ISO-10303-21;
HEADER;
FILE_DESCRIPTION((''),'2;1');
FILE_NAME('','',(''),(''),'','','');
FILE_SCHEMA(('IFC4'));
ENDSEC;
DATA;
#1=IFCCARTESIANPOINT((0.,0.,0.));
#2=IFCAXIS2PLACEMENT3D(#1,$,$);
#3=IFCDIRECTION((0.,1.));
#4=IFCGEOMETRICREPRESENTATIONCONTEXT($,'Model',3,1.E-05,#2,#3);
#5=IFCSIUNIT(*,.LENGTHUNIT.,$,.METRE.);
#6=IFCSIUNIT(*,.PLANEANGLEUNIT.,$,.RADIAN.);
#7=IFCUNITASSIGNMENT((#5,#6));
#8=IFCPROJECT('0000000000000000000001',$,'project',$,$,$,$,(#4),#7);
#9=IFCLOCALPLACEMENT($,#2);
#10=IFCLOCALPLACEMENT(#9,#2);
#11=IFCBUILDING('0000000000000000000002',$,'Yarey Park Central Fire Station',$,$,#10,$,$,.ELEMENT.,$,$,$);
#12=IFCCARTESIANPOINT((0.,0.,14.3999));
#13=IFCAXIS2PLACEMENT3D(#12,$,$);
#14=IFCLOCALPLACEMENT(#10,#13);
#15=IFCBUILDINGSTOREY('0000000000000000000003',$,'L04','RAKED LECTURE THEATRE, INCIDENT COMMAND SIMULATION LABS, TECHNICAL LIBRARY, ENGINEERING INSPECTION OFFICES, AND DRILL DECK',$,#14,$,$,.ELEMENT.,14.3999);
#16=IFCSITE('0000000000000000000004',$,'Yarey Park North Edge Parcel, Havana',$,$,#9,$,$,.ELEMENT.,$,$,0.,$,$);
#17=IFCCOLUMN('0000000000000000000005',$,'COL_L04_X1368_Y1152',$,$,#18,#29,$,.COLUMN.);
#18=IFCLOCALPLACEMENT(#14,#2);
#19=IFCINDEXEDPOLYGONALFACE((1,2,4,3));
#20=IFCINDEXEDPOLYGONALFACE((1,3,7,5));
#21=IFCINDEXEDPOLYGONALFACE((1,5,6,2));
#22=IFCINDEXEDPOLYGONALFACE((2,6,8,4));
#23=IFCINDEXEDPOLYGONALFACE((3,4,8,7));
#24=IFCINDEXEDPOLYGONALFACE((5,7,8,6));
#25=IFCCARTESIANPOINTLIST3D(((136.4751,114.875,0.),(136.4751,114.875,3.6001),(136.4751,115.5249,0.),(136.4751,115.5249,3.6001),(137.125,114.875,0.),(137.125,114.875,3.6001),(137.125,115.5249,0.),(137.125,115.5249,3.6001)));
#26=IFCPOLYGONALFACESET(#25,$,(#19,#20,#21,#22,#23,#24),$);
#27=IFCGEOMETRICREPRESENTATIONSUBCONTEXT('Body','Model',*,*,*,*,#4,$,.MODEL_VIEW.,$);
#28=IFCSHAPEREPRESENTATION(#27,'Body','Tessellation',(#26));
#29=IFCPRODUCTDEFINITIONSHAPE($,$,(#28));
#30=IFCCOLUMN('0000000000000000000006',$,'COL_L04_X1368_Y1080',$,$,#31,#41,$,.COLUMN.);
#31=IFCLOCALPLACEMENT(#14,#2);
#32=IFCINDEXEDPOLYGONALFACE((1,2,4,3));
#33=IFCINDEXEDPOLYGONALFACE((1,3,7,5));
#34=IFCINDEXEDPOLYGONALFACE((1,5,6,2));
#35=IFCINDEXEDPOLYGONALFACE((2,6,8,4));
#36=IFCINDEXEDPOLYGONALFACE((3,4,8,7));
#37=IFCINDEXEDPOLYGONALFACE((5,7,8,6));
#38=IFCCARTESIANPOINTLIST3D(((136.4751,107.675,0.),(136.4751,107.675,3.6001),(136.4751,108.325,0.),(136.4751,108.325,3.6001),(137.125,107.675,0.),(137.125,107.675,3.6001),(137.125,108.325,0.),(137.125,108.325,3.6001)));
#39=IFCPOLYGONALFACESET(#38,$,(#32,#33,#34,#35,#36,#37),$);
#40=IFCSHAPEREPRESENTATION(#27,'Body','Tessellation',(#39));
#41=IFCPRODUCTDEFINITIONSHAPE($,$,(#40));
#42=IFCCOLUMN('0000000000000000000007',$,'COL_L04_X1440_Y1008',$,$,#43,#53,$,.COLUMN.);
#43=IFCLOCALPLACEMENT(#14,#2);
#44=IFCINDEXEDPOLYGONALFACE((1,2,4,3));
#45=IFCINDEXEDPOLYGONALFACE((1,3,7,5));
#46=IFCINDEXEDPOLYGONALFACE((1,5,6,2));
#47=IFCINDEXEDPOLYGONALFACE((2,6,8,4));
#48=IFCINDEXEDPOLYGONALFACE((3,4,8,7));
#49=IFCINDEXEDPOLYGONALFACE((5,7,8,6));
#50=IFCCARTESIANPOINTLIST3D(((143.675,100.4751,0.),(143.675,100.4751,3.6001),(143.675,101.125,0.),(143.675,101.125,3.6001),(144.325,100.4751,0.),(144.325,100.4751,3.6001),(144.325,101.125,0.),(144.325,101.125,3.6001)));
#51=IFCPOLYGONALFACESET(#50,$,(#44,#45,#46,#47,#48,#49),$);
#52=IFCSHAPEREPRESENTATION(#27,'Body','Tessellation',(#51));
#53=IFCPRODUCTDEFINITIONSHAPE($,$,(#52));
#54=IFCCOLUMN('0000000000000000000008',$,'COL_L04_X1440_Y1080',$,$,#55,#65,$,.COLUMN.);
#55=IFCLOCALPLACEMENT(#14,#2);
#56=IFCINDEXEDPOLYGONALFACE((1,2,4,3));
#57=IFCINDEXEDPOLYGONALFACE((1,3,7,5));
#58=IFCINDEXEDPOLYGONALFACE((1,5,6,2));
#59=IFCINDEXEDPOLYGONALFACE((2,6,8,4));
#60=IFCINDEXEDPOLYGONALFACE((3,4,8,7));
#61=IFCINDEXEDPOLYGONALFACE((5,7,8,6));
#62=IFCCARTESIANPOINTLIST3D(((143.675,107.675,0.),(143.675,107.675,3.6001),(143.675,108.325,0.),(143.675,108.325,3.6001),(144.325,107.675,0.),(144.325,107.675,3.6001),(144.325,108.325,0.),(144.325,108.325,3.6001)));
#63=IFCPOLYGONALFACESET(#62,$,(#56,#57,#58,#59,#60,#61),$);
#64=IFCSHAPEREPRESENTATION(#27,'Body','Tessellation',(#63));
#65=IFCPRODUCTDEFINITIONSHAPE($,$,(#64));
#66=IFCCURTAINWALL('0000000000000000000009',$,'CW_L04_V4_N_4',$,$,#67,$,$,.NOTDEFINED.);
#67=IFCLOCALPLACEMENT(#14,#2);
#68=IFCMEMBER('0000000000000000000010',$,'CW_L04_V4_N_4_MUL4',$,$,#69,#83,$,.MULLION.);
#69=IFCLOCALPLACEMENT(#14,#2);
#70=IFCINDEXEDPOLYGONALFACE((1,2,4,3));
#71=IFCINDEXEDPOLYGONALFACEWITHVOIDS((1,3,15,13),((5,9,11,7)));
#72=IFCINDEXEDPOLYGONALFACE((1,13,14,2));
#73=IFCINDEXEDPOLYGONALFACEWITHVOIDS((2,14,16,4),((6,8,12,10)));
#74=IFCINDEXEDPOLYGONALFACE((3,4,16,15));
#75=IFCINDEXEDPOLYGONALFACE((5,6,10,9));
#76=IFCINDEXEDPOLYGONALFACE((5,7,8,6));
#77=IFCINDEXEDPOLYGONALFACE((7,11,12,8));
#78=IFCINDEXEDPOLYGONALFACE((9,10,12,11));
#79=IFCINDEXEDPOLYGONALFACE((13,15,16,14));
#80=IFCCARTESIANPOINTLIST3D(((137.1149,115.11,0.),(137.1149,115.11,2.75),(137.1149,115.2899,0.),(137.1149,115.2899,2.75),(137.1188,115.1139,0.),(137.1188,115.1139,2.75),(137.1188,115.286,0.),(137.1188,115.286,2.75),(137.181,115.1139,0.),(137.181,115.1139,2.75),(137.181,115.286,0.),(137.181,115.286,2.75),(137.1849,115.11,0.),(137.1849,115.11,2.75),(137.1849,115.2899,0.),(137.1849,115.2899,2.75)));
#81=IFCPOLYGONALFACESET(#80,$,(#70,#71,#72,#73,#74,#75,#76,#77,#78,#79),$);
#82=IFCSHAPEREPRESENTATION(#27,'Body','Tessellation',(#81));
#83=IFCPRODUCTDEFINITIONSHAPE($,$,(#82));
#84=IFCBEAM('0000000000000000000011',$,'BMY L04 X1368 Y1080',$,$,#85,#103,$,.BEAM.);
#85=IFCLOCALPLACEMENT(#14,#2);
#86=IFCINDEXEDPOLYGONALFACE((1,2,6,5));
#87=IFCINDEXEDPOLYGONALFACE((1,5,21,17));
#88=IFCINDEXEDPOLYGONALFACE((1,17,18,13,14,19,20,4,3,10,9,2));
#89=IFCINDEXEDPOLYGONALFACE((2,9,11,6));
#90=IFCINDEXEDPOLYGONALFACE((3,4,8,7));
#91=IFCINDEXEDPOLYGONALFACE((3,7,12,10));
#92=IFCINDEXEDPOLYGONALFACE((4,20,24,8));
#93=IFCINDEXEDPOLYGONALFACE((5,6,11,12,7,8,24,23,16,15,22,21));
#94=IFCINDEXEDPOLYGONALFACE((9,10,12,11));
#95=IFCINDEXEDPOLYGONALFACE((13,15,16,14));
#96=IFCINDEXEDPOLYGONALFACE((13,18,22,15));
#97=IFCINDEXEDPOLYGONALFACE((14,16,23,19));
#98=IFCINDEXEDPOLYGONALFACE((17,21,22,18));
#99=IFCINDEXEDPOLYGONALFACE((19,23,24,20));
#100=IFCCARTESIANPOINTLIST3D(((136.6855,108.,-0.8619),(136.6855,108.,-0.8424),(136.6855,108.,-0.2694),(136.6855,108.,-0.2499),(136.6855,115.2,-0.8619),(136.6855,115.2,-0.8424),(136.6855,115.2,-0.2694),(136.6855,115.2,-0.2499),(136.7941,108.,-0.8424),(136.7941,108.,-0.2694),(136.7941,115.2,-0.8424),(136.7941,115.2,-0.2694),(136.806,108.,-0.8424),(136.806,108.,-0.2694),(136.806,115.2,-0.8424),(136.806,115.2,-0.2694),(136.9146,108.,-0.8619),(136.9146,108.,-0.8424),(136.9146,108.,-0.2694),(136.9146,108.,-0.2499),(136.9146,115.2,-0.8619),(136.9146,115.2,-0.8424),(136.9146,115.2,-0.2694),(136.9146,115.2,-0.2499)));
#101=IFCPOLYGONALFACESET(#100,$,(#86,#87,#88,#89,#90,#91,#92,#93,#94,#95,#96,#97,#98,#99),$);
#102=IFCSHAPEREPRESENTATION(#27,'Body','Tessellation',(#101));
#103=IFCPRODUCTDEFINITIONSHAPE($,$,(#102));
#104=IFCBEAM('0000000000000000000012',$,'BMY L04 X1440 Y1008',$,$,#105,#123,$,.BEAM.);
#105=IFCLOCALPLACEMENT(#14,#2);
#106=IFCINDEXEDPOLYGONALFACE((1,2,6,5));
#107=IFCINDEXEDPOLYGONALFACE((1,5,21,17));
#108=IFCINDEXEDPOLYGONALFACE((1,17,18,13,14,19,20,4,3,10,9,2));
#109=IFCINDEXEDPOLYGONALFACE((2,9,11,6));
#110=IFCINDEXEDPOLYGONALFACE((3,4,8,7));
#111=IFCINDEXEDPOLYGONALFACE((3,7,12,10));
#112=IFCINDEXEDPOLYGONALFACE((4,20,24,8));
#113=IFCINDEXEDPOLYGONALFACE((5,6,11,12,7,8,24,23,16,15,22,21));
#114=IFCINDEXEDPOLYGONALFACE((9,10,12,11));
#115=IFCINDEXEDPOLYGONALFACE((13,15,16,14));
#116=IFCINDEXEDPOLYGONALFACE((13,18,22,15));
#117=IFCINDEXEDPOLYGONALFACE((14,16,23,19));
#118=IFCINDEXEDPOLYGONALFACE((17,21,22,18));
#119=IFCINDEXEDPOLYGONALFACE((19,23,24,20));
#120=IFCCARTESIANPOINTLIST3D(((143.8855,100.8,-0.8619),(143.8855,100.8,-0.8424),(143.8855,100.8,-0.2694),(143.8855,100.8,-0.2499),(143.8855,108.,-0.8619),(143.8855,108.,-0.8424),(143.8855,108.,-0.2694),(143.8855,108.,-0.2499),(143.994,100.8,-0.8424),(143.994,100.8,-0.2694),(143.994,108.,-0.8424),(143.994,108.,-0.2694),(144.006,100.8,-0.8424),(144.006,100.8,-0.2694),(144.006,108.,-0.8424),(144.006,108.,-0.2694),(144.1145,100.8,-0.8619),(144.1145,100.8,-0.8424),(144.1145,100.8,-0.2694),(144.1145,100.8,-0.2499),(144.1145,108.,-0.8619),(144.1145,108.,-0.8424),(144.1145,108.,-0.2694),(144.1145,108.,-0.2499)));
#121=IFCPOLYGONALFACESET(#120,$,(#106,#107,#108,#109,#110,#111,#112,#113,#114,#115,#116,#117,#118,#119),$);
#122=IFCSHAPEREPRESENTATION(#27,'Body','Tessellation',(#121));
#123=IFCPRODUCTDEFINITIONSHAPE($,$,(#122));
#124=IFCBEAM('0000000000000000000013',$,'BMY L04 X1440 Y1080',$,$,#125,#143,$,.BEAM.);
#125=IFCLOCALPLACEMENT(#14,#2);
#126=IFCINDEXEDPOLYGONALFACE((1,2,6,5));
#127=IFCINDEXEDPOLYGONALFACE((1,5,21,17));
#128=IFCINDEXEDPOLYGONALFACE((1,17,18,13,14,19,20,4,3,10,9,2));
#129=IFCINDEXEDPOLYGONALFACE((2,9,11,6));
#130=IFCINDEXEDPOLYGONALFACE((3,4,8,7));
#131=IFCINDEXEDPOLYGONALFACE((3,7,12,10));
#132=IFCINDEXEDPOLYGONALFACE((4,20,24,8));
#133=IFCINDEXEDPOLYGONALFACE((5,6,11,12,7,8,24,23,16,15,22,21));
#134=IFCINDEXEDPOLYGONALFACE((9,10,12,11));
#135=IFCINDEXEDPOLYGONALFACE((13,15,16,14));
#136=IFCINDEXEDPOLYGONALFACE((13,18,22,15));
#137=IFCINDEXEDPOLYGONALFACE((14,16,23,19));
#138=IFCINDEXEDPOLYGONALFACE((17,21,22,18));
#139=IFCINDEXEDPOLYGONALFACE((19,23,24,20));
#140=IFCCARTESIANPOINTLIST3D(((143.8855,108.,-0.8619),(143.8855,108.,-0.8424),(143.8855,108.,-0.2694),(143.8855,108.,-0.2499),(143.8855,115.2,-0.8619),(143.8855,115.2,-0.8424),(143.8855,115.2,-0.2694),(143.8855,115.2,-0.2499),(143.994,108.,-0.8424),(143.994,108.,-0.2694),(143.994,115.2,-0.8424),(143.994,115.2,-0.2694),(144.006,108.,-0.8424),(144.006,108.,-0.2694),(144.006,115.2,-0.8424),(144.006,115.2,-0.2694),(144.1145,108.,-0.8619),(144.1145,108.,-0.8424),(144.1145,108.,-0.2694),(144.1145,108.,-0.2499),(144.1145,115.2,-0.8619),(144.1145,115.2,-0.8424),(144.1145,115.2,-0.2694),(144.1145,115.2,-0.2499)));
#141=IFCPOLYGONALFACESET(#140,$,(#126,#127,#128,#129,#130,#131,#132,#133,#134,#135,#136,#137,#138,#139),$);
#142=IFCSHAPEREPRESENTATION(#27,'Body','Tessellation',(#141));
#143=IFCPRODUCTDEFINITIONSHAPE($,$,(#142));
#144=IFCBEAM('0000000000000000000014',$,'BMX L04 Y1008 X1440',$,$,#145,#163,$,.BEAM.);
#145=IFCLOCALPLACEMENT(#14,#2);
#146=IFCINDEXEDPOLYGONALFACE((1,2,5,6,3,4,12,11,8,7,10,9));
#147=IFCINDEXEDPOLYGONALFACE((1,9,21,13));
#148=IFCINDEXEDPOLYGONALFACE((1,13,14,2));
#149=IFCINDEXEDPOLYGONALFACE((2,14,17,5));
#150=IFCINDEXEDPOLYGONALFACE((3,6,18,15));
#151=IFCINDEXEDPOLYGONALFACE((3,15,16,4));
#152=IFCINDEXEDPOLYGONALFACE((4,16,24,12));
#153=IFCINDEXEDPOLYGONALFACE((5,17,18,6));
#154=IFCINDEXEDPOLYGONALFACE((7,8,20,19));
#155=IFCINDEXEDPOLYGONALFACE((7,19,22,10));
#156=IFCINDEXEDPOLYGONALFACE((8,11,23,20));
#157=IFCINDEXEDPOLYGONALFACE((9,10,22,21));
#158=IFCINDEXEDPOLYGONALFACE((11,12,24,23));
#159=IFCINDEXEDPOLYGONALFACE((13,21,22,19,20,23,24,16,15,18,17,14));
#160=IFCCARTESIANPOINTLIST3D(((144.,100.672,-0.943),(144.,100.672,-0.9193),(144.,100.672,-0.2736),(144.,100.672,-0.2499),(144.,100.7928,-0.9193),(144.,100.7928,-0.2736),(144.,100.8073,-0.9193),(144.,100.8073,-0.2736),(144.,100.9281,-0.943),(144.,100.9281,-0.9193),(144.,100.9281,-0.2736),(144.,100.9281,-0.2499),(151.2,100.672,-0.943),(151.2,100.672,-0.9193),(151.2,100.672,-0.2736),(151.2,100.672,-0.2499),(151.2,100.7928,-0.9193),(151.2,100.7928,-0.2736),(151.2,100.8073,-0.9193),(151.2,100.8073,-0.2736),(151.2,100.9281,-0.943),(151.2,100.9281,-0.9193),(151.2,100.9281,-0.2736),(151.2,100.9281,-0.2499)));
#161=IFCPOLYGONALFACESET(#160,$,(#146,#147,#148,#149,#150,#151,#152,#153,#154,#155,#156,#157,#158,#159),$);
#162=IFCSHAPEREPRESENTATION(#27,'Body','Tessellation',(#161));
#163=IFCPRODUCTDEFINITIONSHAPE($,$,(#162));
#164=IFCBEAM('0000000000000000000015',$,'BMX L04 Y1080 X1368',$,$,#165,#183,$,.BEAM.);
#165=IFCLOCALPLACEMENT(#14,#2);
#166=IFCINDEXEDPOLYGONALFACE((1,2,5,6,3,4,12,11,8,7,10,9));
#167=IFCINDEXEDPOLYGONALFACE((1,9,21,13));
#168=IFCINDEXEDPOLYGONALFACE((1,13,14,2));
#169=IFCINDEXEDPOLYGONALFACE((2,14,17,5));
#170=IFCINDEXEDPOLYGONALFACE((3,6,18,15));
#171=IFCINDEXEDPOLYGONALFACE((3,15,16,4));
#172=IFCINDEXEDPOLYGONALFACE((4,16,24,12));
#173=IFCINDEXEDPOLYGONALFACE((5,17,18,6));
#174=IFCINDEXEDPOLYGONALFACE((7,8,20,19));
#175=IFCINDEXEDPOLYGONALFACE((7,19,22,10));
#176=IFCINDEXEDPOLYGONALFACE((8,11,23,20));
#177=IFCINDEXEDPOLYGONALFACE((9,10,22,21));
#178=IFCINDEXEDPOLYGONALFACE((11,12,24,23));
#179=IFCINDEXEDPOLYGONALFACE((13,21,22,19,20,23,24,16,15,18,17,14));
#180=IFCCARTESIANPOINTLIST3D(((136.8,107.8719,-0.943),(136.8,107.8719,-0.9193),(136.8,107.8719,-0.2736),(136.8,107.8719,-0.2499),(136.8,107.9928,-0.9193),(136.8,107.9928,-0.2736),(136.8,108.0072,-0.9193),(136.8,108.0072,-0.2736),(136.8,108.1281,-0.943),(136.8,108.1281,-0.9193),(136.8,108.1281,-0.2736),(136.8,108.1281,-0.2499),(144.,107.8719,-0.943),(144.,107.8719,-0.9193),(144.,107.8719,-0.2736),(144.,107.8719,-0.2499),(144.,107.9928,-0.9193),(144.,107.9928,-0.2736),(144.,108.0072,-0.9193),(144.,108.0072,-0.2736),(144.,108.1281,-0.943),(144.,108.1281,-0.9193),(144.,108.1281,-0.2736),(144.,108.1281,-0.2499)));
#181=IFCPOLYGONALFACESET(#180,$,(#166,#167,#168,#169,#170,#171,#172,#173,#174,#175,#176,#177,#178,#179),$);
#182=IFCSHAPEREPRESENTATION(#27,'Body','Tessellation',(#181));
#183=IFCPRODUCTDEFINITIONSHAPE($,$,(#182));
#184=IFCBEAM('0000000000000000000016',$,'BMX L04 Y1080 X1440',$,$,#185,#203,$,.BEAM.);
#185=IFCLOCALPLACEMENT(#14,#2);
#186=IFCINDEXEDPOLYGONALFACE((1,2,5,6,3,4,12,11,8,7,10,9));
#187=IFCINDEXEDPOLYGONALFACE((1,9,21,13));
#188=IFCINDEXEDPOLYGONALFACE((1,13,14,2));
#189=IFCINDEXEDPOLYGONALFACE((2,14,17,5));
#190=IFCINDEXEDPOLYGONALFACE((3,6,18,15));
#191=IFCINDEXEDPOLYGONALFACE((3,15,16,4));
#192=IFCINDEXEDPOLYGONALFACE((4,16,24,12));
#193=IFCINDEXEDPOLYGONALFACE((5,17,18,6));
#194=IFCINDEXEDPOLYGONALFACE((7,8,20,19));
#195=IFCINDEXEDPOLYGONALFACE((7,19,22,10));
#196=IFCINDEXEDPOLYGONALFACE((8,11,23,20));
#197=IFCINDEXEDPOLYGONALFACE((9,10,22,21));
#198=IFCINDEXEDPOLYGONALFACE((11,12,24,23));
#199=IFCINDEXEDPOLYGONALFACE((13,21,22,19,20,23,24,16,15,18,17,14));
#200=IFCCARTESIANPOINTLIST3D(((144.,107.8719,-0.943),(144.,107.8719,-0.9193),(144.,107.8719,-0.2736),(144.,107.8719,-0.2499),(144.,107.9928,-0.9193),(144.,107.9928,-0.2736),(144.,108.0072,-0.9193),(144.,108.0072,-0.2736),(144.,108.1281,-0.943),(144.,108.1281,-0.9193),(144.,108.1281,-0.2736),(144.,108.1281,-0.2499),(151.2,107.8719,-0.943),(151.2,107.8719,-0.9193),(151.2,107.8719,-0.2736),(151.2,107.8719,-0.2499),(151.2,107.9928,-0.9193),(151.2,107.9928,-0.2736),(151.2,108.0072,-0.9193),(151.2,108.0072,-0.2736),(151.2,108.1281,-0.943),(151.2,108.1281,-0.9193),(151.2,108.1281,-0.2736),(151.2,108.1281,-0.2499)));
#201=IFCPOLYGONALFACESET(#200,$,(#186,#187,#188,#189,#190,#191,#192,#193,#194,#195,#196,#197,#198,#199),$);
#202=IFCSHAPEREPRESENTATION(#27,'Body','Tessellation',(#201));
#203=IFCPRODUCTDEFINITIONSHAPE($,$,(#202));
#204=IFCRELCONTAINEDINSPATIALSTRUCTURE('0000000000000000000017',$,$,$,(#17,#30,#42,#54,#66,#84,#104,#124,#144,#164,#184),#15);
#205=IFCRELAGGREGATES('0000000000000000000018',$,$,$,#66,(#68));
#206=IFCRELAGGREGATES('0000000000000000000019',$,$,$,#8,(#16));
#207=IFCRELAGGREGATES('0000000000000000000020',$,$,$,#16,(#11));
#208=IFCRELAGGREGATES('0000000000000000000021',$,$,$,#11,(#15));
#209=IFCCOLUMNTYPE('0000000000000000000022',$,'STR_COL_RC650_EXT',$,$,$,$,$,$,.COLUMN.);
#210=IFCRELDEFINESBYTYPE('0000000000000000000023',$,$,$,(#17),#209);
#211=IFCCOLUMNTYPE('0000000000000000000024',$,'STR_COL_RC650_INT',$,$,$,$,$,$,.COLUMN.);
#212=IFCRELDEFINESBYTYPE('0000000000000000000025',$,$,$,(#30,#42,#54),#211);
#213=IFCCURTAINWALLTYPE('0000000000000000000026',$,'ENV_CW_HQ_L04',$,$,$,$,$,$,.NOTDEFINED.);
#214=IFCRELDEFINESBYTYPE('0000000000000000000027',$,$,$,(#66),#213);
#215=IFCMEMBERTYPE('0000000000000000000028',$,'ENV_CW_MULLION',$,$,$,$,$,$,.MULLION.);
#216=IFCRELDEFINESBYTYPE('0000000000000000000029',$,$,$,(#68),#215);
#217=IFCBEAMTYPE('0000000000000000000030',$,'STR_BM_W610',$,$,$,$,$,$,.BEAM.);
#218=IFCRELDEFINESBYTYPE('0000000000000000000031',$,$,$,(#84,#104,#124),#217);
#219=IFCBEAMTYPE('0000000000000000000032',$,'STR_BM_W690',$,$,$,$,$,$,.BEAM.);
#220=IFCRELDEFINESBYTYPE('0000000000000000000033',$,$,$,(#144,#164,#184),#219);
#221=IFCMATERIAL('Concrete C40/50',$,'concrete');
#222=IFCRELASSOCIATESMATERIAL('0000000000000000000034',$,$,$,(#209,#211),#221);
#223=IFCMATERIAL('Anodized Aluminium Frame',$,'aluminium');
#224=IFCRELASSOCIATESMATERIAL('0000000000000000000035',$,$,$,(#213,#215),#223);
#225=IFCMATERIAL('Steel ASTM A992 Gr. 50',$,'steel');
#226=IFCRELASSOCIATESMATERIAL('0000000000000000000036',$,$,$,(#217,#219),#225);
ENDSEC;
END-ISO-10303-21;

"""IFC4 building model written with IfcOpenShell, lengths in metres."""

from ifc_helpers import new_model, si_unit, direction, frame, origin, origin_2d, place, context, subcontext, project, spatial, rectangle, hollow_rectangle, i_section, extrude, material, material_profile, profile_set, type_object, element, aggregate, save


model = new_model("IFC4")

# Units and contexts
model_context = context("Model", 3, precision=1e-05, world=origin(), true_north=direction((0.0, 1.0)))
body_context = subcontext(model_context, "Body", "Model", "MODEL_VIEW")
ifc_project = project(units=[si_unit("LENGTHUNIT", "METRE"), si_unit("PLANEANGLEUNIT", "RADIAN")], contexts=[model_context])

# Site, building, storey
site_placement = place(None, origin())
site = spatial("IfcSite", under=ifc_project, at=site_placement, Name="Yarey Park North Edge Parcel, Havana", CompositionType="ELEMENT", RefElevation=0.0)
building_placement = place(site_placement, origin())
building = spatial("IfcBuilding", under=site, at=building_placement, Name="Yarey Park Central Fire Station", CompositionType="ELEMENT")
storey_placement = place(building_placement, frame((0.0, 0.0, 14.3999)))
storey = spatial("IfcBuildingStorey", under=building, at=storey_placement, Name="L04", Description="RAKED LECTURE THEATRE, INCIDENT COMMAND SIMULATION LABS, TECHNICAL LIBRARY, ENGINEERING INSPECTION OFFICES, AND DRILL DECK", CompositionType="ELEMENT", Elevation=14.3999)

# Columns
ifc_material_1 = material(Name="Concrete C40/50", Category="concrete")
ifc_material_profile_1 = material_profile(ifc_material_1, rectangle(XDim=0.6499, YDim=0.6499, at=origin_2d()), Name="RC 650x650")
ifc_profile_set_1 = profile_set([ifc_material_profile_1], Name="Concrete C40/50")
column_type_1 = type_object("IfcColumnType", Name="STR_COL_RC650_EXT", PredefinedType="COLUMN", material=ifc_profile_set_1)
column_placement = place(storey_placement, frame((136.8, 115.2, 0.0), z_axis=(0.0, 0.0, 1.0), x_axis=(1.0, 0.0, 0.0)))
element("IfcColumn", 1, at=column_placement, inside=storey, type_object=column_type_1, Name="COL_L04_X1368_Y1152", PredefinedType="COLUMN", context=body_context, shape_type="SweptSolid", body=[
    extrude(rectangle(XDim=0.6499, YDim=0.6499, at=origin_2d()), origin(), (0.0, 0.0, 1.0), 3.6001),
])
ifc_material_profile_2 = material_profile(ifc_material_1, rectangle(XDim=0.6499, YDim=0.6499, at=origin_2d()), Name="RC 650x650")
ifc_profile_set_2 = profile_set([ifc_material_profile_2], Name="Concrete C40/50")
column_type_2 = type_object("IfcColumnType", Name="STR_COL_RC650_INT", PredefinedType="COLUMN", material=ifc_profile_set_2)
for number, where, z_axis, x_axis, name in (
    (2, (136.8, 108.0, 0.0), (0.0, 0.0, 1.0), (1.0, 0.0, 0.0), "COL_L04_X1368_Y1080"),
    (3, (144.0, 100.8, 0.0), (0.0, 0.0, 1.0), (1.0, 0.0, 0.0), "COL_L04_X1440_Y1008"),
    (4, (144.0, 108.0, 0.0), (0.0, 0.0, 1.0), (1.0, 0.0, 0.0), "COL_L04_X1440_Y1080"),
):
    element("IfcColumn", number, at=place(storey_placement, frame(where, z_axis=z_axis, x_axis=x_axis)), inside=storey, type_object=column_type_2, Name=name, PredefinedType="COLUMN", context=body_context, shape_type="SweptSolid", body=[
        extrude(rectangle(XDim=0.6499, YDim=0.6499, at=origin_2d()), origin(), (0.0, 0.0, 1.0), 3.6001),
    ])

# Curtain wall, member
ifc_material_2 = material(Name="Anodized Aluminium Frame", Category="aluminium")
curtain_wall_type = type_object("IfcCurtainWallType", Name="ENV_CW_HQ_L04", PredefinedType="NOTDEFINED", material=ifc_material_2)
curtain_wall_placement = place(storey_placement, origin())
curtain_wall = element("IfcCurtainWall", 5, at=curtain_wall_placement, inside=storey, type_object=curtain_wall_type, Name="CW_L04_V4_N_4", PredefinedType="NOTDEFINED")
ifc_material_profile_3 = material_profile(ifc_material_2, hollow_rectangle(XDim=0.0701, YDim=0.1799, WallThickness=0.0039, at=origin_2d()), Name="ALU 180x70x4")
ifc_profile_set_3 = profile_set([ifc_material_profile_3], Name="Anodized Aluminium Frame")
member_type = type_object("IfcMemberType", Name="ENV_CW_MULLION", PredefinedType="MULLION", material=ifc_profile_set_3)
member_placement = place(storey_placement, frame((137.1499, 115.2, 0.0), z_axis=(0.0, 0.0, 1.0), x_axis=(1.0, 0.0, 0.0)))
member = element("IfcMember", 6, at=member_placement, type_object=member_type, Name="CW_L04_V4_N_4_MUL4", PredefinedType="MULLION", context=body_context, shape_type="SweptSolid", body=[
    extrude(hollow_rectangle(XDim=0.0701, YDim=0.1799, WallThickness=0.0039, at=origin_2d()), origin(), (0.0, 0.0, 1.0), 2.75),
])

# Beams
ifc_material_3 = material(Name="Steel ASTM A992 Gr. 50", Category="steel")
ifc_material_profile_4 = material_profile(ifc_material_3, i_section(OverallWidth=0.229, OverallDepth=0.6121, WebThickness=0.012, FlangeThickness=0.0195, at=origin_2d()), Name="W610x125")
ifc_profile_set_4 = profile_set([ifc_material_profile_4], Name="Steel ASTM A992 Gr. 50")
beam_type_1 = type_object("IfcBeamType", Name="STR_BM_W610", PredefinedType="BEAM", material=ifc_profile_set_4)
for number, where, z_axis, x_axis, name in (
    (7, (136.8, 108.0, -0.5559), (0.0, 1.0, 0.0), (-1.0, 0.0, 0.0), "BMY L04 X1368 Y1080"),
    (8, (144.0, 100.8, -0.5559), (0.0, 1.0, 0.0), (-1.0, 0.0, 0.0), "BMY L04 X1440 Y1008"),
    (9, (144.0, 108.0, -0.5559), (0.0, 1.0, 0.0), (-1.0, 0.0, 0.0), "BMY L04 X1440 Y1080"),
):
    element("IfcBeam", number, at=place(storey_placement, frame(where, z_axis=z_axis, x_axis=x_axis)), inside=storey, type_object=beam_type_1, Name=name, PredefinedType="BEAM", context=body_context, shape_type="SweptSolid", body=[
        extrude(i_section(OverallWidth=0.229, OverallDepth=0.6121, WebThickness=0.012, FlangeThickness=0.0195, at=origin_2d()), origin(), (0.0, 0.0, 1.0), 7.2),
    ])
ifc_material_profile_5 = material_profile(ifc_material_3, i_section(OverallWidth=0.2561, OverallDepth=0.6931, WebThickness=0.0144, FlangeThickness=0.0237, at=origin_2d()), Name="W690x170")
ifc_profile_set_5 = profile_set([ifc_material_profile_5], Name="Steel ASTM A992 Gr. 50")
beam_type_2 = type_object("IfcBeamType", Name="STR_BM_W690", PredefinedType="BEAM", material=ifc_profile_set_5)
for number, where, z_axis, x_axis, name in (
    (10, (144.0, 100.8, -0.5964), (1.0, 0.0, 0.0), (0.0, 1.0, 0.0), "BMX L04 Y1008 X1440"),
    (11, (136.8, 108.0, -0.5964), (1.0, 0.0, 0.0), (0.0, 1.0, 0.0), "BMX L04 Y1080 X1368"),
    (12, (144.0, 108.0, -0.5964), (1.0, 0.0, 0.0), (0.0, 1.0, 0.0), "BMX L04 Y1080 X1440"),
):
    element("IfcBeam", number, at=place(storey_placement, frame(where, z_axis=z_axis, x_axis=x_axis)), inside=storey, type_object=beam_type_2, Name=name, PredefinedType="BEAM", context=body_context, shape_type="SweptSolid", body=[
        extrude(i_section(OverallWidth=0.2561, OverallDepth=0.6931, WebThickness=0.0144, FlangeThickness=0.0237, at=origin_2d()), origin(), (0.0, 0.0, 1.0), 7.2),
    ])

aggregate(curtain_wall, [member])

save(model, "model.ifc")
